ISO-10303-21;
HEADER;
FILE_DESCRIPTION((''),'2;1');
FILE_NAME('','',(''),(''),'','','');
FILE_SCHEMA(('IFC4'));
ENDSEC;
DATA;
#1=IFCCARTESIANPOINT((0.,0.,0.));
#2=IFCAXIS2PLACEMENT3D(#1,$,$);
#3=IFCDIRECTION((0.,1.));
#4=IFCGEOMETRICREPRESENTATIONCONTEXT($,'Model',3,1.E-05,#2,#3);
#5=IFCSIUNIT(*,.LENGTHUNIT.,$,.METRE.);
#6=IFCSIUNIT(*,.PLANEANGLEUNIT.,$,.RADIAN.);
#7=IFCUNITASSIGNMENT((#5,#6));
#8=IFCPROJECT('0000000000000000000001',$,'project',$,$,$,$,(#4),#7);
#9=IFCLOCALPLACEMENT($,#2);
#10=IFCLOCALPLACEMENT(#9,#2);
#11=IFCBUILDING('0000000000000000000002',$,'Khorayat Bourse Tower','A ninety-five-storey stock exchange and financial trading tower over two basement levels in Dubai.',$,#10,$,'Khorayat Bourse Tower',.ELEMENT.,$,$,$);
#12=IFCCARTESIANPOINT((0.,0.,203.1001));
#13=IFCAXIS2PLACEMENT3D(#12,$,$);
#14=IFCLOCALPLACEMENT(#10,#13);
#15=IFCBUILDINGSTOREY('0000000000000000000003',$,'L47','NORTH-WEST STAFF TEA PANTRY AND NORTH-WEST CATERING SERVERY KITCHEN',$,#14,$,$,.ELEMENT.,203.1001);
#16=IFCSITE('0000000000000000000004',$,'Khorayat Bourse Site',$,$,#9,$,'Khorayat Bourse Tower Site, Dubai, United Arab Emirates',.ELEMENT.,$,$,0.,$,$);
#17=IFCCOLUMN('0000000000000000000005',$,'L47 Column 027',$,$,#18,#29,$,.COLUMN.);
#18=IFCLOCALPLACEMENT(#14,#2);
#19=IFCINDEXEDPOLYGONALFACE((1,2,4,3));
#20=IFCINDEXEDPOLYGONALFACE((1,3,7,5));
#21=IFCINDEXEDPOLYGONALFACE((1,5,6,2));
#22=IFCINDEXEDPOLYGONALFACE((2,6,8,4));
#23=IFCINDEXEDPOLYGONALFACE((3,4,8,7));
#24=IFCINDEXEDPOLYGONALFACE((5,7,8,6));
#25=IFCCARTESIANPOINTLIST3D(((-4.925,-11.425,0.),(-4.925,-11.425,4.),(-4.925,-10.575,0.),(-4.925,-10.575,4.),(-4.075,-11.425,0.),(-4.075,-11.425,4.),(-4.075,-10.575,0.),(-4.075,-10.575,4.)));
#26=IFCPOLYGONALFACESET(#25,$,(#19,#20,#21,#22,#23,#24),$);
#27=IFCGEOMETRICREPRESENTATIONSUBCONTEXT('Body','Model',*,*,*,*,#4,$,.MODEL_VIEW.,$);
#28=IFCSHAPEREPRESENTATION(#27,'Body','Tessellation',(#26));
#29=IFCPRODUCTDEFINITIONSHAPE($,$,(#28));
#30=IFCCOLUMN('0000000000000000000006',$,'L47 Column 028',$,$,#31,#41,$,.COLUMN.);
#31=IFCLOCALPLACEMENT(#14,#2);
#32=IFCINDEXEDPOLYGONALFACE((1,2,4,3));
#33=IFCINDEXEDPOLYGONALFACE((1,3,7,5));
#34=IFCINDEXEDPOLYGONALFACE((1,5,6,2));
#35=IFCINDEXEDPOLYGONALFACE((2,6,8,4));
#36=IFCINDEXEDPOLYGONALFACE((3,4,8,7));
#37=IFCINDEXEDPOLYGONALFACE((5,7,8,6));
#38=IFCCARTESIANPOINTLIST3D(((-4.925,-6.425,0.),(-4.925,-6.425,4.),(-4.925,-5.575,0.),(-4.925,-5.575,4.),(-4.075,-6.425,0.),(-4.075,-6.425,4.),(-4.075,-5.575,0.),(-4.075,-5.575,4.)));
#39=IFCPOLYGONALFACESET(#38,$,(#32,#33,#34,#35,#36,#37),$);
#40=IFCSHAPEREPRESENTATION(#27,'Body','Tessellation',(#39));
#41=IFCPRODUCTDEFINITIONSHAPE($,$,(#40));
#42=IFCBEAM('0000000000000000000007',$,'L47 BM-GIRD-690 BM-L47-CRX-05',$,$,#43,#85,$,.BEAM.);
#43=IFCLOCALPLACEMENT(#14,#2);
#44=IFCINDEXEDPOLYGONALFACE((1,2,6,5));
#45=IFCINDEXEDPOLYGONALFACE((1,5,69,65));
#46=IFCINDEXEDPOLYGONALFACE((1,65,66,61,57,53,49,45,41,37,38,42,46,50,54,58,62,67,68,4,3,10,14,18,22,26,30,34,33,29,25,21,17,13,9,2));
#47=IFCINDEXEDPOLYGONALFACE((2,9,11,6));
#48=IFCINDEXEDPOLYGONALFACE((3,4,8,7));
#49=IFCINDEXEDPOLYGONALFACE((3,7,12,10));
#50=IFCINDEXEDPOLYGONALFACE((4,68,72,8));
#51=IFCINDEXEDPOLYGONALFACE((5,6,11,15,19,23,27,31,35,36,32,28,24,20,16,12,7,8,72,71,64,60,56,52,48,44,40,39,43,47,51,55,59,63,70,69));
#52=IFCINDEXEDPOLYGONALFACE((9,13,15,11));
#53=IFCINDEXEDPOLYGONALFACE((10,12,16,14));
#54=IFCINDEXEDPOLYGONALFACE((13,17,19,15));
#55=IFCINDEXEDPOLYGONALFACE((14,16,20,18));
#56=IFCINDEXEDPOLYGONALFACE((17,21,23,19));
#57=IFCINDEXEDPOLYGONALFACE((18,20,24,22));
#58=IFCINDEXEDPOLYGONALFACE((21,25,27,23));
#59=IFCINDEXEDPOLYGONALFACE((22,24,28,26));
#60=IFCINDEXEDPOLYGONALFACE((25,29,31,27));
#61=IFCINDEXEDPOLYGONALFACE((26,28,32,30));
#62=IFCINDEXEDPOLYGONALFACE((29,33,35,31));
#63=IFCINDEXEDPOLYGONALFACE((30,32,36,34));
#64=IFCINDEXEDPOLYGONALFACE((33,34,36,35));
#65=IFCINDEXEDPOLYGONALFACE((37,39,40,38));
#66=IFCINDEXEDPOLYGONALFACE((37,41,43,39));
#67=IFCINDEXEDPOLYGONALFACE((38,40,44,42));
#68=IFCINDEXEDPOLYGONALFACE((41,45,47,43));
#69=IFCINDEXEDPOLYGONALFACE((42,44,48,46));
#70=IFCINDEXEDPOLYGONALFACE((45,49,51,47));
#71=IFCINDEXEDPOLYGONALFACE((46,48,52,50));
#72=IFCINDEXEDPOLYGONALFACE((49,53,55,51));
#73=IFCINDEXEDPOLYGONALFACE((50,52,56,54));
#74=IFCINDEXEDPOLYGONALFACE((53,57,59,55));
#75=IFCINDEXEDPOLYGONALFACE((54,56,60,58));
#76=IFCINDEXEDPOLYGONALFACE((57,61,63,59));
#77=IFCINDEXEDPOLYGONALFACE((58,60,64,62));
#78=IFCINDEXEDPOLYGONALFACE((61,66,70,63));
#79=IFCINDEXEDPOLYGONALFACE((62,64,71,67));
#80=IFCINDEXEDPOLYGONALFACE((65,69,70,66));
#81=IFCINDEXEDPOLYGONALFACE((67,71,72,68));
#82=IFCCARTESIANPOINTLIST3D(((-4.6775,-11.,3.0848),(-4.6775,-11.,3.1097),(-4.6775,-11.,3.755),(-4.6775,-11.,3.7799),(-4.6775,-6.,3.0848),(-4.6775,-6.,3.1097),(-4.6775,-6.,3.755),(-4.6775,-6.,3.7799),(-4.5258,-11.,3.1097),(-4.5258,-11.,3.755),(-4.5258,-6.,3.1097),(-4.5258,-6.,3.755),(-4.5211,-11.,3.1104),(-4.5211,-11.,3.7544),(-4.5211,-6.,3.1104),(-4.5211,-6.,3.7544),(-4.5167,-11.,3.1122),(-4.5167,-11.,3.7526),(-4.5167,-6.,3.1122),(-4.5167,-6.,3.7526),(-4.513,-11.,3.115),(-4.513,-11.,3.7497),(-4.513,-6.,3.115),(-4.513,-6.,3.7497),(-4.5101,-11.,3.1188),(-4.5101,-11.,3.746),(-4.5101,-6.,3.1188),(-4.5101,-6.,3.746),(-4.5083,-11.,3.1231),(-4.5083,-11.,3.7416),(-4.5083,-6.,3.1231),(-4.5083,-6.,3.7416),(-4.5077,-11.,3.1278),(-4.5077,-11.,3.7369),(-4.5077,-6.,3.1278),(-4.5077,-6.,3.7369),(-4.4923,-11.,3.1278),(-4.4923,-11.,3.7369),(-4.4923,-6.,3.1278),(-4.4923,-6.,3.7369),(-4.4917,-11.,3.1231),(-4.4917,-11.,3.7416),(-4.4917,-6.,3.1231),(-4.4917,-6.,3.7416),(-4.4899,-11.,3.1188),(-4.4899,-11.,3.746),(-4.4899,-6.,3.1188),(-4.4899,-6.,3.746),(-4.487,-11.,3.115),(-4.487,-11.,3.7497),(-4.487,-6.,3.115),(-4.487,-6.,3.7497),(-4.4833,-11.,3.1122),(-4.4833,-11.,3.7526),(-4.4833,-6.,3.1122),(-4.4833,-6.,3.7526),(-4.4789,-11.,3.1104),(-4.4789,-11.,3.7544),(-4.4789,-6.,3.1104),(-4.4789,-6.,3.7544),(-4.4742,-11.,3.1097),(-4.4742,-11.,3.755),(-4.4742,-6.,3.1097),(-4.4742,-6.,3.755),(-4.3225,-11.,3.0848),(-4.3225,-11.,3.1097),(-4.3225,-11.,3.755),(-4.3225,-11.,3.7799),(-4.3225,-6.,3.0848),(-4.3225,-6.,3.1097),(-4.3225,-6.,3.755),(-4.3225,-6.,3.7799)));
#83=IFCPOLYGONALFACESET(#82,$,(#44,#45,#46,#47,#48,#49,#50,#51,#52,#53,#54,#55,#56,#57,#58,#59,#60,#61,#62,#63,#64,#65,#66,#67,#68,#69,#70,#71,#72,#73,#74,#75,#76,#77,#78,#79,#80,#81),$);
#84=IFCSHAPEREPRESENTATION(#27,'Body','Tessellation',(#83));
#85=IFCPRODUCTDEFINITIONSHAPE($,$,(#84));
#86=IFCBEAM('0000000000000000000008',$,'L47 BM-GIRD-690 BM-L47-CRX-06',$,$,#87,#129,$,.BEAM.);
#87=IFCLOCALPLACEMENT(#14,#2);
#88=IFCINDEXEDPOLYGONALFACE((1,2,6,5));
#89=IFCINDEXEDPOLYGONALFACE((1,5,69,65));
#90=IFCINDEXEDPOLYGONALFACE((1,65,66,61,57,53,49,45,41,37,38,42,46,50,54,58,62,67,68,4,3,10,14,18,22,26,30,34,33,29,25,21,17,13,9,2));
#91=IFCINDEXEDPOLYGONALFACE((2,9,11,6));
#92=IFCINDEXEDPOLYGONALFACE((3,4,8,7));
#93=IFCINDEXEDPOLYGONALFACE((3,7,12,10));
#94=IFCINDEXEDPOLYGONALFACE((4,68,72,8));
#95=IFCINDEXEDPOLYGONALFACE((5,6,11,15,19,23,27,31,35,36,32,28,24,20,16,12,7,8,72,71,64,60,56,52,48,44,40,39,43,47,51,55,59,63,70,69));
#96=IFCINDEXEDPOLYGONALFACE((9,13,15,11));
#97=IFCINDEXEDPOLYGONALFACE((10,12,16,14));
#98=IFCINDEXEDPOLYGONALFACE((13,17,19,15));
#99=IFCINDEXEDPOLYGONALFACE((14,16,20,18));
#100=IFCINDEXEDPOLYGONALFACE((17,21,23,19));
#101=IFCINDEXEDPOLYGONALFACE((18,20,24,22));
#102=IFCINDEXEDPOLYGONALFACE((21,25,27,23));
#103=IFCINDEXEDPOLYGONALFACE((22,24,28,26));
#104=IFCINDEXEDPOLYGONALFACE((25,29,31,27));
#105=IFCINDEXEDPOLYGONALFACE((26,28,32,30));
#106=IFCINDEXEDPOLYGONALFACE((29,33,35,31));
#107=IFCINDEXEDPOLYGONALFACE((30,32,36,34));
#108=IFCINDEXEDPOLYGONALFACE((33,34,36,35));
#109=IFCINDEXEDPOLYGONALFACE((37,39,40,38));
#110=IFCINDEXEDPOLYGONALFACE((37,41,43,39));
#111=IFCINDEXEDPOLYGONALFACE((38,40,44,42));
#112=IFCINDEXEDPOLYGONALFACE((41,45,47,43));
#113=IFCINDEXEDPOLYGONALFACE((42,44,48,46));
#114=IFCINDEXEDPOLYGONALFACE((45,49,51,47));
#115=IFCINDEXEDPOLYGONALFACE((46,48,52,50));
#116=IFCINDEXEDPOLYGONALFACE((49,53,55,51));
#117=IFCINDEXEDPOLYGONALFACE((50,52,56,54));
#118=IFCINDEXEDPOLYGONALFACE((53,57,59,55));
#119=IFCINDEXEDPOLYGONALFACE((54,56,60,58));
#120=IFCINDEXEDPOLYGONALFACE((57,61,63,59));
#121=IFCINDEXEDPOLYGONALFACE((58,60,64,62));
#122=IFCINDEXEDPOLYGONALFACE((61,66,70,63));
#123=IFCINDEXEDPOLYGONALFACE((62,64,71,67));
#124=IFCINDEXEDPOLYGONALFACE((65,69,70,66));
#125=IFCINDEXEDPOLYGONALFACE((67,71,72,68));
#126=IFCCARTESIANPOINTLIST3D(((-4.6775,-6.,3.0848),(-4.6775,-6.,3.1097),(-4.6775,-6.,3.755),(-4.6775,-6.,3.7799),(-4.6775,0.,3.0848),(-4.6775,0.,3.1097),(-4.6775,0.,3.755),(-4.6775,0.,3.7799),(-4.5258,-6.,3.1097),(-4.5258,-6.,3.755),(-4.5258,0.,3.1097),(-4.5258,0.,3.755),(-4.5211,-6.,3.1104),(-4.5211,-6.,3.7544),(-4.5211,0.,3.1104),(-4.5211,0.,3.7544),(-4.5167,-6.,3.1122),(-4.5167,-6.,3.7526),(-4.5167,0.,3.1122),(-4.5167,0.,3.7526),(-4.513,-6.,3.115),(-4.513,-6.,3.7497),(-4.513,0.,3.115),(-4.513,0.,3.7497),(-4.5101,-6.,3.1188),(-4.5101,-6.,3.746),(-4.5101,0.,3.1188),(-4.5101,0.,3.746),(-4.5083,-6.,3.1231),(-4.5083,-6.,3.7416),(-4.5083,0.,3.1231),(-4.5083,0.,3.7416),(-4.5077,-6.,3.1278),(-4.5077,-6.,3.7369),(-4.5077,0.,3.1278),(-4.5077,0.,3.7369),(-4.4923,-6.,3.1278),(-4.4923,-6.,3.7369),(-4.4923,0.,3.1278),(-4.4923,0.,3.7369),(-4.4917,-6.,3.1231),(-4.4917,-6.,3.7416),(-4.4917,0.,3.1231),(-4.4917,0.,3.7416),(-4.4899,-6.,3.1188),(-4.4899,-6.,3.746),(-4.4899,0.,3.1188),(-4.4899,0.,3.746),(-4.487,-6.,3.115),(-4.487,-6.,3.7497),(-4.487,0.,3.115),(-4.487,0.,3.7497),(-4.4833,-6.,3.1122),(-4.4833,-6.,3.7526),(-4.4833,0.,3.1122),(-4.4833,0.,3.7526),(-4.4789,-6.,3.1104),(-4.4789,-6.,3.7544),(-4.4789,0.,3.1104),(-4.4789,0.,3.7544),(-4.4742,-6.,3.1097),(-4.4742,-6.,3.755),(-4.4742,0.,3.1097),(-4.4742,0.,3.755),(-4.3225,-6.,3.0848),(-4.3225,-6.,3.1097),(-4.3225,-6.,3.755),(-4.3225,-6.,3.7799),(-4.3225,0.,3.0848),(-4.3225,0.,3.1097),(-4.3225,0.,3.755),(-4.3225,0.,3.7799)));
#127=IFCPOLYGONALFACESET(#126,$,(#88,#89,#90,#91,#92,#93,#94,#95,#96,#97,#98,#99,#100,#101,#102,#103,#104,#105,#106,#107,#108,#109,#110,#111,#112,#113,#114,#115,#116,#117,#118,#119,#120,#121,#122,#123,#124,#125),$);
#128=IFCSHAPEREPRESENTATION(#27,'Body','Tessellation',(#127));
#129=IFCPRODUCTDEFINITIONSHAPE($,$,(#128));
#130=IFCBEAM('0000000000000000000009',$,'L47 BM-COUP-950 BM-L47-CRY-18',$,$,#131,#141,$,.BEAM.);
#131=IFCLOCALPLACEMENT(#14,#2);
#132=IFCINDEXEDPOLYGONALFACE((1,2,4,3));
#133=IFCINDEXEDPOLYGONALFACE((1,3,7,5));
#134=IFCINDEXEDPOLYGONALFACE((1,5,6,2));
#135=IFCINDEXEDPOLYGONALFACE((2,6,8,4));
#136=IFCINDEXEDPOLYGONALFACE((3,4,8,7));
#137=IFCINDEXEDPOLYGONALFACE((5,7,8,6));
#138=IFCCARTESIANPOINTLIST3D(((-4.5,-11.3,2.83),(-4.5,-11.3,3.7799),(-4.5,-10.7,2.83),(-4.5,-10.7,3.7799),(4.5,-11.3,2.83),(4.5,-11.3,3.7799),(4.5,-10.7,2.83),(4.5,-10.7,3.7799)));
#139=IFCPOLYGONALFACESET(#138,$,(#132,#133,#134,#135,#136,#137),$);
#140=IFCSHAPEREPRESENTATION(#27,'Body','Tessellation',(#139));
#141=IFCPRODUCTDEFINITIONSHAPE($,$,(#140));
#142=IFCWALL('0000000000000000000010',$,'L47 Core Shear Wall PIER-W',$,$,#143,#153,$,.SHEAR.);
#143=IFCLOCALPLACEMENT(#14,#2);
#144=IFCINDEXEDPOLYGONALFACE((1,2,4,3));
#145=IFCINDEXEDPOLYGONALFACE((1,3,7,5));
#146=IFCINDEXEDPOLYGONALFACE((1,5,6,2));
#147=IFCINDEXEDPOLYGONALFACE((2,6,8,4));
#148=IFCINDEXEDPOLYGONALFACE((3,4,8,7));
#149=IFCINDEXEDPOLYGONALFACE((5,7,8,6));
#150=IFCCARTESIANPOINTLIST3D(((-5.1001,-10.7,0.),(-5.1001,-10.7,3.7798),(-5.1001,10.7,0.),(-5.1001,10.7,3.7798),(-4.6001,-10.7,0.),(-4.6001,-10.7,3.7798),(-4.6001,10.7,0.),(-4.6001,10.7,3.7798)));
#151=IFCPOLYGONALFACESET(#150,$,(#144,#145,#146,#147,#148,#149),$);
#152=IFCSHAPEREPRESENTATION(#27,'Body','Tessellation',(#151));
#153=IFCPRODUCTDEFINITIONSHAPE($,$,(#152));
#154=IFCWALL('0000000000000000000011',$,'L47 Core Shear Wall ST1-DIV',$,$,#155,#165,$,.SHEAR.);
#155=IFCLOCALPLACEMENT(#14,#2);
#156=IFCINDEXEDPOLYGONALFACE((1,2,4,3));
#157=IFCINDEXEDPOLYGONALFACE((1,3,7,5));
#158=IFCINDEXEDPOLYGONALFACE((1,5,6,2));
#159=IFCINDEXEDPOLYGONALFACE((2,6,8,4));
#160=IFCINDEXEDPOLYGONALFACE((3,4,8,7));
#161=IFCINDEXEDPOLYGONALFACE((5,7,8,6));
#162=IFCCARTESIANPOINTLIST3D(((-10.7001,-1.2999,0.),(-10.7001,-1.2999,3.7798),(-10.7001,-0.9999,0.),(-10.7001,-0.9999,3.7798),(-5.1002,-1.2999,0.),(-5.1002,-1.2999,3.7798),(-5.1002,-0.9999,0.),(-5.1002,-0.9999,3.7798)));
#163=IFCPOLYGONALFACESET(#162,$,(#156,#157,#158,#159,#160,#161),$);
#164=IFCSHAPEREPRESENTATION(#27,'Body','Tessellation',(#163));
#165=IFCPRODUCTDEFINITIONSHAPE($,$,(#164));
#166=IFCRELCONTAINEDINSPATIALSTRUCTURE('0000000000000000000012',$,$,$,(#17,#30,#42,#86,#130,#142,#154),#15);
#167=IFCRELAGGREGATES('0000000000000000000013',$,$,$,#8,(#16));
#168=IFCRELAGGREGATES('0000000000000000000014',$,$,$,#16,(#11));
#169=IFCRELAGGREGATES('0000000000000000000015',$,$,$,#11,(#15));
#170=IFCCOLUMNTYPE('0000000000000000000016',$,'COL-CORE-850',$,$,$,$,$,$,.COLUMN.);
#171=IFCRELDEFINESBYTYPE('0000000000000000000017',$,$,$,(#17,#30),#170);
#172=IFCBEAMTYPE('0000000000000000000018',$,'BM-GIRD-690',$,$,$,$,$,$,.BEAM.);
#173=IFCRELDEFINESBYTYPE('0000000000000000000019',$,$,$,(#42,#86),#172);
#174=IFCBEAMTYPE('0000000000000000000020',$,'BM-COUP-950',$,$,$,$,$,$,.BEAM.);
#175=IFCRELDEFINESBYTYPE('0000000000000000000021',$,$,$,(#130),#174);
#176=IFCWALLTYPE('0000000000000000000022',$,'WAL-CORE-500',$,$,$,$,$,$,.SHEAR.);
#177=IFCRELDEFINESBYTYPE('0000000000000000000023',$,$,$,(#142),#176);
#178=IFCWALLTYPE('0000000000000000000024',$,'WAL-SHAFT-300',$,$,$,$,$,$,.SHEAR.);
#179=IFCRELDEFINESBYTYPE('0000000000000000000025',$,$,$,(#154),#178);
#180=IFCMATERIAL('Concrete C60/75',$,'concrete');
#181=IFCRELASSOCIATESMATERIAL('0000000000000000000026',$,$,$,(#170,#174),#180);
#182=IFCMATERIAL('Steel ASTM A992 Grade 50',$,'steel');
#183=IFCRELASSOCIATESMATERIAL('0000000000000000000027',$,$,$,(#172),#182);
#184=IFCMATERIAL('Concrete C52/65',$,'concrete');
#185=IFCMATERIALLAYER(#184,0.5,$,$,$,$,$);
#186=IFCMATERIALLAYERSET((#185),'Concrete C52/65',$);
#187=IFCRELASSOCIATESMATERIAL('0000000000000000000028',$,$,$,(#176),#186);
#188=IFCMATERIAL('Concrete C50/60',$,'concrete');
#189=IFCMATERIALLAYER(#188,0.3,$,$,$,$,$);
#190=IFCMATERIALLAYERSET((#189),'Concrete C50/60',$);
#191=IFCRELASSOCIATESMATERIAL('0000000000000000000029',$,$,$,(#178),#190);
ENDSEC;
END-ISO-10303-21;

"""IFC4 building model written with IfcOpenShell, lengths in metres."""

from ifc_helpers import new_model, si_unit, direction, frame, frame_2d, origin, origin_2d, place, context, subcontext, project, spatial, rectangle, i_section, extrude, source, transform, mapped, material, layer, layer_set, material_profile, profile_set, type_object, element, save


model = new_model("IFC4")

# Units and contexts
model_context = context("Model", 3, precision=1e-05, world=origin(), true_north=direction((0.0, 1.0)))
body_context = subcontext(model_context, "Body", "Model", "MODEL_VIEW")
ifc_project = project(units=[si_unit("LENGTHUNIT", "METRE"), si_unit("PLANEANGLEUNIT", "RADIAN")], contexts=[model_context])

# Site, building, storey
site_placement = place(None, origin())
site = spatial("IfcSite", under=ifc_project, at=site_placement, Name="Khorayat Bourse Site", LongName="Khorayat Bourse Tower Site, Dubai, United Arab Emirates", CompositionType="ELEMENT", RefElevation=0.0)
building_placement = place(site_placement, origin())
building = spatial("IfcBuilding", under=site, at=building_placement, Name="Khorayat Bourse Tower", Description="A ninety-five-storey stock exchange and financial trading tower over two basement levels in Dubai.", LongName="Khorayat Bourse Tower", CompositionType="ELEMENT")
storey_placement = place(building_placement, frame((0.0, 0.0, 203.1001)))
storey = spatial("IfcBuildingStorey", under=building, at=storey_placement, Name="L47", Description="NORTH-WEST STAFF TEA PANTRY AND NORTH-WEST CATERING SERVERY KITCHEN", CompositionType="ELEMENT", Elevation=203.1001)

# Columns
ifc_material_1 = material(Name="Concrete C60/75", Category="concrete")
ifc_material_profile_1 = material_profile(ifc_material_1, rectangle(XDim=0.8501, YDim=0.8501, at=origin_2d()), Name="RC 850x850")
ifc_profile_set_1 = profile_set([ifc_material_profile_1], Name="Concrete C60/75")
column_type = type_object("IfcColumnType", Name="COL-CORE-850", PredefinedType="COLUMN", material=ifc_profile_set_1)
shared_shape_1 = source(origin(), body_context, "Body", "SweptSolid", [
    extrude(rectangle(XDim=0.8501, YDim=0.8501, at=origin_2d()), origin(), (0.0, 0.0, 1.0), 4.0),
])
for number, where, z_axis, x_axis, name in (
    (1, (-4.5, -11.0, 0.0), (0.0, 0.0, 1.0), (1.0, 0.0, 0.0), "L47 Column 027"),
    (2, (-4.5, -6.0, 0.0), (0.0, 0.0, 1.0), (1.0, 0.0, 0.0), "L47 Column 028"),
):
    element("IfcColumn", number, at=place(storey_placement, frame(where, z_axis=z_axis, x_axis=x_axis)), inside=storey, type_object=column_type, Name=name, PredefinedType="COLUMN", context=body_context, shape_type="MappedRepresentation", body=[
        mapped(shared_shape_1, transform((0.0, 0.0, 0.0), scale=1.0)),
    ])

# Beams
ifc_material_2 = material(Name="Steel ASTM A992 Grade 50", Category="steel")
ifc_material_profile_2 = material_profile(ifc_material_2, i_section(OverallWidth=0.355, OverallDepth=0.6951, WebThickness=0.0154, FlangeThickness=0.0249, FilletRadius=0.0181, at=origin_2d()), Name="W690X217")
ifc_profile_set_2 = profile_set([ifc_material_profile_2], Name="Steel ASTM A992 Grade 50")
beam_type_1 = type_object("IfcBeamType", Name="BM-GIRD-690", PredefinedType="BEAM", material=ifc_profile_set_2)
shared_shape_2 = source(origin(), body_context, "Body", "SweptSolid", [
    extrude(i_section(OverallWidth=0.355, OverallDepth=0.6951, WebThickness=0.0154, FlangeThickness=0.0249, FilletRadius=0.0181, at=origin_2d()), origin(), (0.0, 0.0, 1.0), 5.0),
])
beam_1_placement = place(storey_placement, frame((-4.5, -11.0, 3.4324), z_axis=(0.0, 1.0, 0.0), x_axis=(-1.0, 0.0, 0.0)))
element("IfcBeam", 3, at=beam_1_placement, inside=storey, type_object=beam_type_1, Name="L47 BM-GIRD-690 BM-L47-CRX-05", PredefinedType="BEAM", context=body_context, shape_type="MappedRepresentation", body=[
    mapped(shared_shape_2, transform((0.0, 0.0, 0.0), scale=1.0)),
])
shared_shape_3 = source(origin(), body_context, "Body", "SweptSolid", [
    extrude(i_section(OverallWidth=0.355, OverallDepth=0.6951, WebThickness=0.0154, FlangeThickness=0.0249, FilletRadius=0.0181, at=origin_2d()), origin(), (0.0, 0.0, 1.0), 6.0),
])
beam_2_placement = place(storey_placement, frame((-4.5, -6.0, 3.4324), z_axis=(0.0, 1.0, 0.0), x_axis=(-1.0, 0.0, 0.0)))
element("IfcBeam", 4, at=beam_2_placement, inside=storey, type_object=beam_type_1, Name="L47 BM-GIRD-690 BM-L47-CRX-06", PredefinedType="BEAM", context=body_context, shape_type="MappedRepresentation", body=[
    mapped(shared_shape_3, transform((0.0, 0.0, 0.0), scale=1.0)),
])
ifc_material_profile_3 = material_profile(ifc_material_1, rectangle(XDim=0.6001, YDim=0.95, at=origin_2d()), Name="RC 600x950")
ifc_profile_set_3 = profile_set([ifc_material_profile_3], Name="Concrete C60/75")
beam_type_2 = type_object("IfcBeamType", Name="BM-COUP-950", PredefinedType="BEAM", material=ifc_profile_set_3)
shared_shape_4 = source(origin(), body_context, "Body", "SweptSolid", [
    extrude(rectangle(XDim=0.6001, YDim=0.95, at=origin_2d()), origin(), (0.0, 0.0, 1.0), 9.0),
])
beam_3_placement = place(storey_placement, frame((-4.5, -11.0, 3.3049), z_axis=(1.0, 0.0, 0.0), x_axis=(0.0, 1.0, 0.0)))
element("IfcBeam", 5, at=beam_3_placement, inside=storey, type_object=beam_type_2, Name="L47 BM-COUP-950 BM-L47-CRY-18", PredefinedType="BEAM", context=body_context, shape_type="MappedRepresentation", body=[
    mapped(shared_shape_4, transform((0.0, 0.0, 0.0), scale=1.0)),
])

# Walls
ifc_material_3 = material(Name="Concrete C52/65", Category="concrete")
ifc_layer_1 = layer(ifc_material_3, 0.5)
ifc_layer_set_1 = layer_set([ifc_layer_1], Name="Concrete C52/65")
wall_type_1 = type_object("IfcWallType", Name="WAL-CORE-500", PredefinedType="SHEAR", material=ifc_layer_set_1)
shared_shape_5 = source(origin(), body_context, "Body", "SweptSolid", [
    extrude(rectangle(XDim=21.3999, YDim=0.5, at=frame_2d((10.7, 0.0))), origin(), (0.0, 0.0, 1.0), 3.7798),
])
wall_1_placement = place(storey_placement, frame((-4.8501, -10.7, 0.0), z_axis=(0.0, 0.0, 1.0), x_axis=(0.0, 1.0, 0.0)))
element("IfcWall", 6, at=wall_1_placement, inside=storey, type_object=wall_type_1, Name="L47 Core Shear Wall PIER-W", PredefinedType="SHEAR", context=body_context, shape_type="MappedRepresentation", body=[
    mapped(shared_shape_5, transform((0.0, 0.0, 0.0), scale=1.0)),
])
ifc_material_4 = material(Name="Concrete C50/60", Category="concrete")
ifc_layer_2 = layer(ifc_material_4, 0.3)
ifc_layer_set_2 = layer_set([ifc_layer_2], Name="Concrete C50/60")
wall_type_2 = type_object("IfcWallType", Name="WAL-SHAFT-300", PredefinedType="SHEAR", material=ifc_layer_set_2)
shared_shape_6 = source(origin(), body_context, "Body", "SweptSolid", [
    extrude(rectangle(XDim=5.5999, YDim=0.3, at=frame_2d((2.7998, 0.0))), origin(), (0.0, 0.0, 1.0), 3.7798),
])
wall_2_placement = place(storey_placement, frame((-10.7, -1.1499, 0.0), z_axis=(0.0, 0.0, 1.0), x_axis=(1.0, 0.0, 0.0)))
element("IfcWall", 7, at=wall_2_placement, inside=storey, type_object=wall_type_2, Name="L47 Core Shear Wall ST1-DIV", PredefinedType="SHEAR", context=body_context, shape_type="MappedRepresentation", body=[
    mapped(shared_shape_6, transform((0.0, 0.0, 0.0), scale=1.0)),
])

save(model, "model.ifc")
